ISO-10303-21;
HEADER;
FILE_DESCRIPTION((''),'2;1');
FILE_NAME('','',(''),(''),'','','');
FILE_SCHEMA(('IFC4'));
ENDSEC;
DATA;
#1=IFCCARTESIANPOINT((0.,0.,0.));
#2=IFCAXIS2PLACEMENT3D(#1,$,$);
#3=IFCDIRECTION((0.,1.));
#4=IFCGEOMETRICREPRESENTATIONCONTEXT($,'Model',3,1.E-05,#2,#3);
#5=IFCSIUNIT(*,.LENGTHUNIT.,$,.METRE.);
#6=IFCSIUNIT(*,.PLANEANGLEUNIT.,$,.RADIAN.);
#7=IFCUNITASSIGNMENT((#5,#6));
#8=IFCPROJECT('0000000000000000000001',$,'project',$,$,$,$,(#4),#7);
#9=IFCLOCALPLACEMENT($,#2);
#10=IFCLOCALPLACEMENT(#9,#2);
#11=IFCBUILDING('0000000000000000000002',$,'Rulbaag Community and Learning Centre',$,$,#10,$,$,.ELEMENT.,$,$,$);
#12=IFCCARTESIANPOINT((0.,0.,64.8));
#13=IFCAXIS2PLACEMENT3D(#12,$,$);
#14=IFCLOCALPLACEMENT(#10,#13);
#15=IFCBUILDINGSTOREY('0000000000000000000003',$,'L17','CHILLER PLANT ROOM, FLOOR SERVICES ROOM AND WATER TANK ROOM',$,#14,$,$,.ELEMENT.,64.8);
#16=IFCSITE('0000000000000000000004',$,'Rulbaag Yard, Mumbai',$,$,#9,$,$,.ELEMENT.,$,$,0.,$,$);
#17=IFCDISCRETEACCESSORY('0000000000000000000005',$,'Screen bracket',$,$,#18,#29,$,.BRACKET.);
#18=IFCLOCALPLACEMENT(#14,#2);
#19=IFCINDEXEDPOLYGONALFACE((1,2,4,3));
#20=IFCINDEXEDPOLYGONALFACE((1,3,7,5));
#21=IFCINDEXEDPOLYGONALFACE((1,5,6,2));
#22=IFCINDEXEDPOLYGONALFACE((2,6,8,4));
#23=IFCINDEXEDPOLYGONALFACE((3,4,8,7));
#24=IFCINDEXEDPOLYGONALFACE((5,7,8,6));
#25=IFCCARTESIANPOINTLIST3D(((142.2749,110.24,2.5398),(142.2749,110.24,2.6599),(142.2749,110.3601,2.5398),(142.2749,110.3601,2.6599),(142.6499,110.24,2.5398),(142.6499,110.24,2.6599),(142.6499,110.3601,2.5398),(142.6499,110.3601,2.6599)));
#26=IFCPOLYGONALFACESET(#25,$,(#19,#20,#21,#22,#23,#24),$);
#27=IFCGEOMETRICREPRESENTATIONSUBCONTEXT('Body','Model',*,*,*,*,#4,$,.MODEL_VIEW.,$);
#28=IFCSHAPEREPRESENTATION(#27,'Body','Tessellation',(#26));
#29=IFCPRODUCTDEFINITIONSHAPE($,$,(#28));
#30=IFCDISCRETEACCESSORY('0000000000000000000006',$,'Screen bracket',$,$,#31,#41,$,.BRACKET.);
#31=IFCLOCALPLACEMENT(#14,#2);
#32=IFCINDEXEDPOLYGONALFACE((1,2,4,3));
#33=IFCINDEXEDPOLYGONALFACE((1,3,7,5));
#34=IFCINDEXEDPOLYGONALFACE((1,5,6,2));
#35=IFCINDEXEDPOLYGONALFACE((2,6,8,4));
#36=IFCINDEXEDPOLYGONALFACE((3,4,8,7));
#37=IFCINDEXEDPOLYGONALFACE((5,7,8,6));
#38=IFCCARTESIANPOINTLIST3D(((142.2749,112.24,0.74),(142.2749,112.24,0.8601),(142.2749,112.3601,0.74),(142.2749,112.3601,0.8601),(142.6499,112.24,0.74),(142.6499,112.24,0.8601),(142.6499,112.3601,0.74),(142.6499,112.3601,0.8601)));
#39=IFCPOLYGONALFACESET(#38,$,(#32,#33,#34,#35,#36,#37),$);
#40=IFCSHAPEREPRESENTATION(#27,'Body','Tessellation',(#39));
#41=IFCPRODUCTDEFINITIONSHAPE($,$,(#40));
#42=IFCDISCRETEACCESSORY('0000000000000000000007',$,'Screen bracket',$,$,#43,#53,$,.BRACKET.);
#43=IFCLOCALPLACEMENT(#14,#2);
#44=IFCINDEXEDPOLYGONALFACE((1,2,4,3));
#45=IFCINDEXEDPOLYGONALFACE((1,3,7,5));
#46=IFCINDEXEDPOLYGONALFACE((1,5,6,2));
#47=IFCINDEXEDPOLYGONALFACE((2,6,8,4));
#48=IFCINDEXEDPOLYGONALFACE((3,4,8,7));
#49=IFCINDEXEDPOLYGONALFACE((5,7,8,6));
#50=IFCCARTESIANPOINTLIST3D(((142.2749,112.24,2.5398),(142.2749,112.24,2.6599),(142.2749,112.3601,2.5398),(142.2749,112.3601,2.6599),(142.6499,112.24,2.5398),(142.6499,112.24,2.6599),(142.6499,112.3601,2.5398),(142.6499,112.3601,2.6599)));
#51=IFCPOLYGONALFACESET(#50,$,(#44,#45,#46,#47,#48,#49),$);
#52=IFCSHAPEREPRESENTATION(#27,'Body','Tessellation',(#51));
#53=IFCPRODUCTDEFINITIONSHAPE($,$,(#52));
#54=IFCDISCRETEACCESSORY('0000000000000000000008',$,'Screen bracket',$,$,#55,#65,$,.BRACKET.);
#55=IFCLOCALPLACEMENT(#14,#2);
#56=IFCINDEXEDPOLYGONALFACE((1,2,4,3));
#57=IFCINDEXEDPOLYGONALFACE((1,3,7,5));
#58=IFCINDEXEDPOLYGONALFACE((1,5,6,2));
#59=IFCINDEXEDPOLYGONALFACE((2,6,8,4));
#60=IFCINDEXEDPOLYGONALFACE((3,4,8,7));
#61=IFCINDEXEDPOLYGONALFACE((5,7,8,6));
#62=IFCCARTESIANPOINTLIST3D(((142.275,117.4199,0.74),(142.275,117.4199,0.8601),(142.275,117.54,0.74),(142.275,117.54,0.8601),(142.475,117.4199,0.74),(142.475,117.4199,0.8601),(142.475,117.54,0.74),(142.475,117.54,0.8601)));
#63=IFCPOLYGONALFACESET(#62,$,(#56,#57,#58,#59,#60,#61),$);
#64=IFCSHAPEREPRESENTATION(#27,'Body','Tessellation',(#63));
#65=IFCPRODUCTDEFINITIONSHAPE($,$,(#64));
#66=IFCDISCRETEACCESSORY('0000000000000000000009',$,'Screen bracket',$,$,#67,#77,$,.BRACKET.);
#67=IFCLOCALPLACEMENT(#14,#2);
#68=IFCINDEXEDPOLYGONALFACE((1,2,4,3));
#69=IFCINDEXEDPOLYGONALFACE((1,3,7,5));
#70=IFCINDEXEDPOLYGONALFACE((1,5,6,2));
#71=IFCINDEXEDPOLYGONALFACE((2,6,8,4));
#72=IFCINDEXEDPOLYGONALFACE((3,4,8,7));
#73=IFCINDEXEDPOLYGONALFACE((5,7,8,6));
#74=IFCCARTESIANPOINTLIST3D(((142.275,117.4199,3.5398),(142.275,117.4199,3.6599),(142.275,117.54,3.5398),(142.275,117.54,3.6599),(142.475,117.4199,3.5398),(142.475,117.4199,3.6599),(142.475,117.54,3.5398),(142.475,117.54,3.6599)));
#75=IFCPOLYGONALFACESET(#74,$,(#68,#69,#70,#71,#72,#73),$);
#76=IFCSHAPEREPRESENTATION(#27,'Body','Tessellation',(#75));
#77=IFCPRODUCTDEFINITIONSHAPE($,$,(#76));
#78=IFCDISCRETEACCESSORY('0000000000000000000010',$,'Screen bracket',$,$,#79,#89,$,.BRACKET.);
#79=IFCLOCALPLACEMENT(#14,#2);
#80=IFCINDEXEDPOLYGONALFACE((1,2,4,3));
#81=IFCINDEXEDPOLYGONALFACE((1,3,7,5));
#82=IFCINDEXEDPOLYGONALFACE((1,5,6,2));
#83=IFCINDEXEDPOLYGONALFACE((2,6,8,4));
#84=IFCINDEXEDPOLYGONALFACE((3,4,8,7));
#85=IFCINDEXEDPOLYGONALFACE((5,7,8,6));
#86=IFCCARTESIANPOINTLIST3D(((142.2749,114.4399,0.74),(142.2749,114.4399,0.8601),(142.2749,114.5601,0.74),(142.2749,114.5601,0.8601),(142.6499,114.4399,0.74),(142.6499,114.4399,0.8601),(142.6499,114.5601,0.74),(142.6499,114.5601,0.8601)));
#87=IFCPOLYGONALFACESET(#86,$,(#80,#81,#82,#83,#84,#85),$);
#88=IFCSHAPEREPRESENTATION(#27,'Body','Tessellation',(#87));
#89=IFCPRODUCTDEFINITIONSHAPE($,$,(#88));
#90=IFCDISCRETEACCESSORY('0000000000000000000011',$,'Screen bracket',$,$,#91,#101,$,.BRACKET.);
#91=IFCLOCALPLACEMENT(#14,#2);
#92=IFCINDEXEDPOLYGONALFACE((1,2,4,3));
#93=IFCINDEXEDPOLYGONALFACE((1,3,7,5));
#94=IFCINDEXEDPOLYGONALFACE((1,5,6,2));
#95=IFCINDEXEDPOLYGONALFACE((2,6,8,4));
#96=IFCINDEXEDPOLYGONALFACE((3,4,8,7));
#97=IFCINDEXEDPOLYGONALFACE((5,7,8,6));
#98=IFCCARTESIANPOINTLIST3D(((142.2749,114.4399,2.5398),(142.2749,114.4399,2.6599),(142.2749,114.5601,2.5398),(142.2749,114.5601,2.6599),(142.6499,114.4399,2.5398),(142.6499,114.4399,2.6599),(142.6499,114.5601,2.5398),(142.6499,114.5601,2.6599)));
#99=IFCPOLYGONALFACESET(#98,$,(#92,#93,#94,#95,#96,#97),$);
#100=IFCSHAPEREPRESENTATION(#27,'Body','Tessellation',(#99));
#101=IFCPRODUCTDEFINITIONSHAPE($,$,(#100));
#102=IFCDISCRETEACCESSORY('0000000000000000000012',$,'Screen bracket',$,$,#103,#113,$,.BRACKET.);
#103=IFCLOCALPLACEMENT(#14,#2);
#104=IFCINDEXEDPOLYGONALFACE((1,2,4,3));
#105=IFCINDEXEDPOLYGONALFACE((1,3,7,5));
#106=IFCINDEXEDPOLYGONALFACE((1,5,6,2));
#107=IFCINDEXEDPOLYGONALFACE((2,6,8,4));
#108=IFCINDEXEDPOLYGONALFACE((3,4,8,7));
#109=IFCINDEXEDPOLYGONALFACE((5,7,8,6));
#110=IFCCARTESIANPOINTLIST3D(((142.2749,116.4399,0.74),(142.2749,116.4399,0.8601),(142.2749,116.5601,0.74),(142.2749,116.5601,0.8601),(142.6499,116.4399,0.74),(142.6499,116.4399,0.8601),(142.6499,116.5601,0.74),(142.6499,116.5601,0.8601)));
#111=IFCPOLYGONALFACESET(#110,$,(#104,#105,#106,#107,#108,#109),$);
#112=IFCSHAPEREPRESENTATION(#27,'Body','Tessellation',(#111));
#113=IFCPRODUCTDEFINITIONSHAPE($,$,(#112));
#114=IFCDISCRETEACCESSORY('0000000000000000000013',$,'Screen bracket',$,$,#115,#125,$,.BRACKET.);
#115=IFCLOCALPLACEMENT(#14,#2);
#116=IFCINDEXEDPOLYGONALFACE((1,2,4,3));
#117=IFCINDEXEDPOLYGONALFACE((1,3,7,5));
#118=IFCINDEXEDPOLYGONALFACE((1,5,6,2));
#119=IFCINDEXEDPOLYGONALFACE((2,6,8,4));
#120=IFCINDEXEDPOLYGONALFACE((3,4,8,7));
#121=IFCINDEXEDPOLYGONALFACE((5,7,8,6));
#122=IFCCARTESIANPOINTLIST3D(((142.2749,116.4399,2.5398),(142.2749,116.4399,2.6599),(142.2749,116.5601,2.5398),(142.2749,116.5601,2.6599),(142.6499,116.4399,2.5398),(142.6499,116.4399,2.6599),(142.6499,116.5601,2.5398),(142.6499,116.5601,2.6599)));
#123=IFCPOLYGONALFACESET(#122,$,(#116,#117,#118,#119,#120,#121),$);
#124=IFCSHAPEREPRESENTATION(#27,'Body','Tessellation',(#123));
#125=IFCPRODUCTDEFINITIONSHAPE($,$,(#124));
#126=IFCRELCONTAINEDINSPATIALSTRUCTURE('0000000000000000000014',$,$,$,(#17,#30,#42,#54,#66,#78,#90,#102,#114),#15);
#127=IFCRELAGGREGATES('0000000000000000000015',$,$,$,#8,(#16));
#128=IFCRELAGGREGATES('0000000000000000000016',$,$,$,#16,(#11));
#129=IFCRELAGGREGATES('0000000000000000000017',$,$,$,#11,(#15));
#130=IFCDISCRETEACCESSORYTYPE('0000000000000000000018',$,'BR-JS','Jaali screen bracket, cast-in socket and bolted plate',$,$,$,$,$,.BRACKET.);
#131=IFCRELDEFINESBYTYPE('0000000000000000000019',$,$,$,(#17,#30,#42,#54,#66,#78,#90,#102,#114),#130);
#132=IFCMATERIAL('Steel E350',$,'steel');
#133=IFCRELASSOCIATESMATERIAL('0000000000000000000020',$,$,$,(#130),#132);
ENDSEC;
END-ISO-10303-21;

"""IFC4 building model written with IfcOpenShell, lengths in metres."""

from ifc_helpers import new_model, si_unit, direction, frame, origin, origin_2d, place, context, subcontext, project, spatial, rectangle, extrude, material, type_object, element, save


model = new_model("IFC4")

# Units and contexts
model_context = context("Model", 3, precision=1e-05, world=origin(), true_north=direction((0.0, 1.0)))
body_context = subcontext(model_context, "Body", "Model", "MODEL_VIEW")
ifc_project = project(units=[si_unit("LENGTHUNIT", "METRE"), si_unit("PLANEANGLEUNIT", "RADIAN")], contexts=[model_context])

# Site, building, storey
site_placement = place(None, origin())
site = spatial("IfcSite", under=ifc_project, at=site_placement, Name="Rulbaag Yard, Mumbai", CompositionType="ELEMENT", RefElevation=0.0)
building_placement = place(site_placement, origin())
building = spatial("IfcBuilding", under=site, at=building_placement, Name="Rulbaag Community and Learning Centre", CompositionType="ELEMENT")
storey_placement = place(building_placement, frame((0.0, 0.0, 64.8)))
storey = spatial("IfcBuildingStorey", under=building, at=storey_placement, Name="L17", Description="CHILLER PLANT ROOM, FLOOR SERVICES ROOM AND WATER TANK ROOM", CompositionType="ELEMENT", Elevation=64.8)

# Discrete accessories
ifc_material_1 = material(Name="Steel E350", Category="steel")
discrete_accessory_type_1 = type_object("IfcDiscreteAccessoryType", Name="BR-JS", Description="Jaali screen bracket, cast-in socket and bolted plate", PredefinedType="BRACKET", material=ifc_material_1)
for number, where, z_axis, x_axis, name in (
    (1, (142.4624, 110.3, 2.5398), (0.0, 0.0, 1.0), (1.0, 0.0, 0.0), "Screen bracket"),
    (2, (142.4624, 112.3, 0.74), (0.0, 0.0, 1.0), (1.0, 0.0, 0.0), "Screen bracket"),
    (3, (142.4624, 112.3, 2.5398), (0.0, 0.0, 1.0), (1.0, 0.0, 0.0), "Screen bracket"),
):
    element("IfcDiscreteAccessory", number, at=place(storey_placement, frame(where, z_axis=z_axis, x_axis=x_axis)), inside=storey, type_object=discrete_accessory_type_1, Name=name, PredefinedType="BRACKET", context=body_context, shape_type="SweptSolid", body=[
        extrude(rectangle(XDim=0.375, YDim=0.1201, at=origin_2d()), origin(), (0.0, 0.0, 1.0), 0.1201),
    ])
for number, where, z_axis, x_axis, name in (
    (4, (142.375, 117.48, 0.74), (0.0, 0.0, 1.0), (1.0, 0.0, 0.0), "Screen bracket"),
    (5, (142.375, 117.48, 3.5398), (0.0, 0.0, 1.0), (1.0, 0.0, 0.0), "Screen bracket"),
):
    element("IfcDiscreteAccessory", number, at=place(storey_placement, frame(where, z_axis=z_axis, x_axis=x_axis)), inside=storey, type_object=discrete_accessory_type_1, Name=name, PredefinedType="BRACKET", context=body_context, shape_type="SweptSolid", body=[
        extrude(rectangle(XDim=0.2, YDim=0.1201, at=origin_2d()), origin(), (0.0, 0.0, 1.0), 0.1201),
    ])
for number, where, z_axis, x_axis, name in (
    (6, (142.4624, 114.5, 0.74), (0.0, 0.0, 1.0), (1.0, 0.0, 0.0), "Screen bracket"),
    (7, (142.4624, 114.5, 2.5398), (0.0, 0.0, 1.0), (1.0, 0.0, 0.0), "Screen bracket"),
    (8, (142.4624, 116.5, 0.74), (0.0, 0.0, 1.0), (1.0, 0.0, 0.0), "Screen bracket"),
    (9, (142.4624, 116.5, 2.5398), (0.0, 0.0, 1.0), (1.0, 0.0, 0.0), "Screen bracket"),
):
    element("IfcDiscreteAccessory", number, at=place(storey_placement, frame(where, z_axis=z_axis, x_axis=x_axis)), inside=storey, type_object=discrete_accessory_type_1, Name=name, PredefinedType="BRACKET", context=body_context, shape_type="SweptSolid", body=[
        extrude(rectangle(XDim=0.375, YDim=0.1201, at=origin_2d()), origin(), (0.0, 0.0, 1.0), 0.1201),
    ])

save(model, "model.ifc")
